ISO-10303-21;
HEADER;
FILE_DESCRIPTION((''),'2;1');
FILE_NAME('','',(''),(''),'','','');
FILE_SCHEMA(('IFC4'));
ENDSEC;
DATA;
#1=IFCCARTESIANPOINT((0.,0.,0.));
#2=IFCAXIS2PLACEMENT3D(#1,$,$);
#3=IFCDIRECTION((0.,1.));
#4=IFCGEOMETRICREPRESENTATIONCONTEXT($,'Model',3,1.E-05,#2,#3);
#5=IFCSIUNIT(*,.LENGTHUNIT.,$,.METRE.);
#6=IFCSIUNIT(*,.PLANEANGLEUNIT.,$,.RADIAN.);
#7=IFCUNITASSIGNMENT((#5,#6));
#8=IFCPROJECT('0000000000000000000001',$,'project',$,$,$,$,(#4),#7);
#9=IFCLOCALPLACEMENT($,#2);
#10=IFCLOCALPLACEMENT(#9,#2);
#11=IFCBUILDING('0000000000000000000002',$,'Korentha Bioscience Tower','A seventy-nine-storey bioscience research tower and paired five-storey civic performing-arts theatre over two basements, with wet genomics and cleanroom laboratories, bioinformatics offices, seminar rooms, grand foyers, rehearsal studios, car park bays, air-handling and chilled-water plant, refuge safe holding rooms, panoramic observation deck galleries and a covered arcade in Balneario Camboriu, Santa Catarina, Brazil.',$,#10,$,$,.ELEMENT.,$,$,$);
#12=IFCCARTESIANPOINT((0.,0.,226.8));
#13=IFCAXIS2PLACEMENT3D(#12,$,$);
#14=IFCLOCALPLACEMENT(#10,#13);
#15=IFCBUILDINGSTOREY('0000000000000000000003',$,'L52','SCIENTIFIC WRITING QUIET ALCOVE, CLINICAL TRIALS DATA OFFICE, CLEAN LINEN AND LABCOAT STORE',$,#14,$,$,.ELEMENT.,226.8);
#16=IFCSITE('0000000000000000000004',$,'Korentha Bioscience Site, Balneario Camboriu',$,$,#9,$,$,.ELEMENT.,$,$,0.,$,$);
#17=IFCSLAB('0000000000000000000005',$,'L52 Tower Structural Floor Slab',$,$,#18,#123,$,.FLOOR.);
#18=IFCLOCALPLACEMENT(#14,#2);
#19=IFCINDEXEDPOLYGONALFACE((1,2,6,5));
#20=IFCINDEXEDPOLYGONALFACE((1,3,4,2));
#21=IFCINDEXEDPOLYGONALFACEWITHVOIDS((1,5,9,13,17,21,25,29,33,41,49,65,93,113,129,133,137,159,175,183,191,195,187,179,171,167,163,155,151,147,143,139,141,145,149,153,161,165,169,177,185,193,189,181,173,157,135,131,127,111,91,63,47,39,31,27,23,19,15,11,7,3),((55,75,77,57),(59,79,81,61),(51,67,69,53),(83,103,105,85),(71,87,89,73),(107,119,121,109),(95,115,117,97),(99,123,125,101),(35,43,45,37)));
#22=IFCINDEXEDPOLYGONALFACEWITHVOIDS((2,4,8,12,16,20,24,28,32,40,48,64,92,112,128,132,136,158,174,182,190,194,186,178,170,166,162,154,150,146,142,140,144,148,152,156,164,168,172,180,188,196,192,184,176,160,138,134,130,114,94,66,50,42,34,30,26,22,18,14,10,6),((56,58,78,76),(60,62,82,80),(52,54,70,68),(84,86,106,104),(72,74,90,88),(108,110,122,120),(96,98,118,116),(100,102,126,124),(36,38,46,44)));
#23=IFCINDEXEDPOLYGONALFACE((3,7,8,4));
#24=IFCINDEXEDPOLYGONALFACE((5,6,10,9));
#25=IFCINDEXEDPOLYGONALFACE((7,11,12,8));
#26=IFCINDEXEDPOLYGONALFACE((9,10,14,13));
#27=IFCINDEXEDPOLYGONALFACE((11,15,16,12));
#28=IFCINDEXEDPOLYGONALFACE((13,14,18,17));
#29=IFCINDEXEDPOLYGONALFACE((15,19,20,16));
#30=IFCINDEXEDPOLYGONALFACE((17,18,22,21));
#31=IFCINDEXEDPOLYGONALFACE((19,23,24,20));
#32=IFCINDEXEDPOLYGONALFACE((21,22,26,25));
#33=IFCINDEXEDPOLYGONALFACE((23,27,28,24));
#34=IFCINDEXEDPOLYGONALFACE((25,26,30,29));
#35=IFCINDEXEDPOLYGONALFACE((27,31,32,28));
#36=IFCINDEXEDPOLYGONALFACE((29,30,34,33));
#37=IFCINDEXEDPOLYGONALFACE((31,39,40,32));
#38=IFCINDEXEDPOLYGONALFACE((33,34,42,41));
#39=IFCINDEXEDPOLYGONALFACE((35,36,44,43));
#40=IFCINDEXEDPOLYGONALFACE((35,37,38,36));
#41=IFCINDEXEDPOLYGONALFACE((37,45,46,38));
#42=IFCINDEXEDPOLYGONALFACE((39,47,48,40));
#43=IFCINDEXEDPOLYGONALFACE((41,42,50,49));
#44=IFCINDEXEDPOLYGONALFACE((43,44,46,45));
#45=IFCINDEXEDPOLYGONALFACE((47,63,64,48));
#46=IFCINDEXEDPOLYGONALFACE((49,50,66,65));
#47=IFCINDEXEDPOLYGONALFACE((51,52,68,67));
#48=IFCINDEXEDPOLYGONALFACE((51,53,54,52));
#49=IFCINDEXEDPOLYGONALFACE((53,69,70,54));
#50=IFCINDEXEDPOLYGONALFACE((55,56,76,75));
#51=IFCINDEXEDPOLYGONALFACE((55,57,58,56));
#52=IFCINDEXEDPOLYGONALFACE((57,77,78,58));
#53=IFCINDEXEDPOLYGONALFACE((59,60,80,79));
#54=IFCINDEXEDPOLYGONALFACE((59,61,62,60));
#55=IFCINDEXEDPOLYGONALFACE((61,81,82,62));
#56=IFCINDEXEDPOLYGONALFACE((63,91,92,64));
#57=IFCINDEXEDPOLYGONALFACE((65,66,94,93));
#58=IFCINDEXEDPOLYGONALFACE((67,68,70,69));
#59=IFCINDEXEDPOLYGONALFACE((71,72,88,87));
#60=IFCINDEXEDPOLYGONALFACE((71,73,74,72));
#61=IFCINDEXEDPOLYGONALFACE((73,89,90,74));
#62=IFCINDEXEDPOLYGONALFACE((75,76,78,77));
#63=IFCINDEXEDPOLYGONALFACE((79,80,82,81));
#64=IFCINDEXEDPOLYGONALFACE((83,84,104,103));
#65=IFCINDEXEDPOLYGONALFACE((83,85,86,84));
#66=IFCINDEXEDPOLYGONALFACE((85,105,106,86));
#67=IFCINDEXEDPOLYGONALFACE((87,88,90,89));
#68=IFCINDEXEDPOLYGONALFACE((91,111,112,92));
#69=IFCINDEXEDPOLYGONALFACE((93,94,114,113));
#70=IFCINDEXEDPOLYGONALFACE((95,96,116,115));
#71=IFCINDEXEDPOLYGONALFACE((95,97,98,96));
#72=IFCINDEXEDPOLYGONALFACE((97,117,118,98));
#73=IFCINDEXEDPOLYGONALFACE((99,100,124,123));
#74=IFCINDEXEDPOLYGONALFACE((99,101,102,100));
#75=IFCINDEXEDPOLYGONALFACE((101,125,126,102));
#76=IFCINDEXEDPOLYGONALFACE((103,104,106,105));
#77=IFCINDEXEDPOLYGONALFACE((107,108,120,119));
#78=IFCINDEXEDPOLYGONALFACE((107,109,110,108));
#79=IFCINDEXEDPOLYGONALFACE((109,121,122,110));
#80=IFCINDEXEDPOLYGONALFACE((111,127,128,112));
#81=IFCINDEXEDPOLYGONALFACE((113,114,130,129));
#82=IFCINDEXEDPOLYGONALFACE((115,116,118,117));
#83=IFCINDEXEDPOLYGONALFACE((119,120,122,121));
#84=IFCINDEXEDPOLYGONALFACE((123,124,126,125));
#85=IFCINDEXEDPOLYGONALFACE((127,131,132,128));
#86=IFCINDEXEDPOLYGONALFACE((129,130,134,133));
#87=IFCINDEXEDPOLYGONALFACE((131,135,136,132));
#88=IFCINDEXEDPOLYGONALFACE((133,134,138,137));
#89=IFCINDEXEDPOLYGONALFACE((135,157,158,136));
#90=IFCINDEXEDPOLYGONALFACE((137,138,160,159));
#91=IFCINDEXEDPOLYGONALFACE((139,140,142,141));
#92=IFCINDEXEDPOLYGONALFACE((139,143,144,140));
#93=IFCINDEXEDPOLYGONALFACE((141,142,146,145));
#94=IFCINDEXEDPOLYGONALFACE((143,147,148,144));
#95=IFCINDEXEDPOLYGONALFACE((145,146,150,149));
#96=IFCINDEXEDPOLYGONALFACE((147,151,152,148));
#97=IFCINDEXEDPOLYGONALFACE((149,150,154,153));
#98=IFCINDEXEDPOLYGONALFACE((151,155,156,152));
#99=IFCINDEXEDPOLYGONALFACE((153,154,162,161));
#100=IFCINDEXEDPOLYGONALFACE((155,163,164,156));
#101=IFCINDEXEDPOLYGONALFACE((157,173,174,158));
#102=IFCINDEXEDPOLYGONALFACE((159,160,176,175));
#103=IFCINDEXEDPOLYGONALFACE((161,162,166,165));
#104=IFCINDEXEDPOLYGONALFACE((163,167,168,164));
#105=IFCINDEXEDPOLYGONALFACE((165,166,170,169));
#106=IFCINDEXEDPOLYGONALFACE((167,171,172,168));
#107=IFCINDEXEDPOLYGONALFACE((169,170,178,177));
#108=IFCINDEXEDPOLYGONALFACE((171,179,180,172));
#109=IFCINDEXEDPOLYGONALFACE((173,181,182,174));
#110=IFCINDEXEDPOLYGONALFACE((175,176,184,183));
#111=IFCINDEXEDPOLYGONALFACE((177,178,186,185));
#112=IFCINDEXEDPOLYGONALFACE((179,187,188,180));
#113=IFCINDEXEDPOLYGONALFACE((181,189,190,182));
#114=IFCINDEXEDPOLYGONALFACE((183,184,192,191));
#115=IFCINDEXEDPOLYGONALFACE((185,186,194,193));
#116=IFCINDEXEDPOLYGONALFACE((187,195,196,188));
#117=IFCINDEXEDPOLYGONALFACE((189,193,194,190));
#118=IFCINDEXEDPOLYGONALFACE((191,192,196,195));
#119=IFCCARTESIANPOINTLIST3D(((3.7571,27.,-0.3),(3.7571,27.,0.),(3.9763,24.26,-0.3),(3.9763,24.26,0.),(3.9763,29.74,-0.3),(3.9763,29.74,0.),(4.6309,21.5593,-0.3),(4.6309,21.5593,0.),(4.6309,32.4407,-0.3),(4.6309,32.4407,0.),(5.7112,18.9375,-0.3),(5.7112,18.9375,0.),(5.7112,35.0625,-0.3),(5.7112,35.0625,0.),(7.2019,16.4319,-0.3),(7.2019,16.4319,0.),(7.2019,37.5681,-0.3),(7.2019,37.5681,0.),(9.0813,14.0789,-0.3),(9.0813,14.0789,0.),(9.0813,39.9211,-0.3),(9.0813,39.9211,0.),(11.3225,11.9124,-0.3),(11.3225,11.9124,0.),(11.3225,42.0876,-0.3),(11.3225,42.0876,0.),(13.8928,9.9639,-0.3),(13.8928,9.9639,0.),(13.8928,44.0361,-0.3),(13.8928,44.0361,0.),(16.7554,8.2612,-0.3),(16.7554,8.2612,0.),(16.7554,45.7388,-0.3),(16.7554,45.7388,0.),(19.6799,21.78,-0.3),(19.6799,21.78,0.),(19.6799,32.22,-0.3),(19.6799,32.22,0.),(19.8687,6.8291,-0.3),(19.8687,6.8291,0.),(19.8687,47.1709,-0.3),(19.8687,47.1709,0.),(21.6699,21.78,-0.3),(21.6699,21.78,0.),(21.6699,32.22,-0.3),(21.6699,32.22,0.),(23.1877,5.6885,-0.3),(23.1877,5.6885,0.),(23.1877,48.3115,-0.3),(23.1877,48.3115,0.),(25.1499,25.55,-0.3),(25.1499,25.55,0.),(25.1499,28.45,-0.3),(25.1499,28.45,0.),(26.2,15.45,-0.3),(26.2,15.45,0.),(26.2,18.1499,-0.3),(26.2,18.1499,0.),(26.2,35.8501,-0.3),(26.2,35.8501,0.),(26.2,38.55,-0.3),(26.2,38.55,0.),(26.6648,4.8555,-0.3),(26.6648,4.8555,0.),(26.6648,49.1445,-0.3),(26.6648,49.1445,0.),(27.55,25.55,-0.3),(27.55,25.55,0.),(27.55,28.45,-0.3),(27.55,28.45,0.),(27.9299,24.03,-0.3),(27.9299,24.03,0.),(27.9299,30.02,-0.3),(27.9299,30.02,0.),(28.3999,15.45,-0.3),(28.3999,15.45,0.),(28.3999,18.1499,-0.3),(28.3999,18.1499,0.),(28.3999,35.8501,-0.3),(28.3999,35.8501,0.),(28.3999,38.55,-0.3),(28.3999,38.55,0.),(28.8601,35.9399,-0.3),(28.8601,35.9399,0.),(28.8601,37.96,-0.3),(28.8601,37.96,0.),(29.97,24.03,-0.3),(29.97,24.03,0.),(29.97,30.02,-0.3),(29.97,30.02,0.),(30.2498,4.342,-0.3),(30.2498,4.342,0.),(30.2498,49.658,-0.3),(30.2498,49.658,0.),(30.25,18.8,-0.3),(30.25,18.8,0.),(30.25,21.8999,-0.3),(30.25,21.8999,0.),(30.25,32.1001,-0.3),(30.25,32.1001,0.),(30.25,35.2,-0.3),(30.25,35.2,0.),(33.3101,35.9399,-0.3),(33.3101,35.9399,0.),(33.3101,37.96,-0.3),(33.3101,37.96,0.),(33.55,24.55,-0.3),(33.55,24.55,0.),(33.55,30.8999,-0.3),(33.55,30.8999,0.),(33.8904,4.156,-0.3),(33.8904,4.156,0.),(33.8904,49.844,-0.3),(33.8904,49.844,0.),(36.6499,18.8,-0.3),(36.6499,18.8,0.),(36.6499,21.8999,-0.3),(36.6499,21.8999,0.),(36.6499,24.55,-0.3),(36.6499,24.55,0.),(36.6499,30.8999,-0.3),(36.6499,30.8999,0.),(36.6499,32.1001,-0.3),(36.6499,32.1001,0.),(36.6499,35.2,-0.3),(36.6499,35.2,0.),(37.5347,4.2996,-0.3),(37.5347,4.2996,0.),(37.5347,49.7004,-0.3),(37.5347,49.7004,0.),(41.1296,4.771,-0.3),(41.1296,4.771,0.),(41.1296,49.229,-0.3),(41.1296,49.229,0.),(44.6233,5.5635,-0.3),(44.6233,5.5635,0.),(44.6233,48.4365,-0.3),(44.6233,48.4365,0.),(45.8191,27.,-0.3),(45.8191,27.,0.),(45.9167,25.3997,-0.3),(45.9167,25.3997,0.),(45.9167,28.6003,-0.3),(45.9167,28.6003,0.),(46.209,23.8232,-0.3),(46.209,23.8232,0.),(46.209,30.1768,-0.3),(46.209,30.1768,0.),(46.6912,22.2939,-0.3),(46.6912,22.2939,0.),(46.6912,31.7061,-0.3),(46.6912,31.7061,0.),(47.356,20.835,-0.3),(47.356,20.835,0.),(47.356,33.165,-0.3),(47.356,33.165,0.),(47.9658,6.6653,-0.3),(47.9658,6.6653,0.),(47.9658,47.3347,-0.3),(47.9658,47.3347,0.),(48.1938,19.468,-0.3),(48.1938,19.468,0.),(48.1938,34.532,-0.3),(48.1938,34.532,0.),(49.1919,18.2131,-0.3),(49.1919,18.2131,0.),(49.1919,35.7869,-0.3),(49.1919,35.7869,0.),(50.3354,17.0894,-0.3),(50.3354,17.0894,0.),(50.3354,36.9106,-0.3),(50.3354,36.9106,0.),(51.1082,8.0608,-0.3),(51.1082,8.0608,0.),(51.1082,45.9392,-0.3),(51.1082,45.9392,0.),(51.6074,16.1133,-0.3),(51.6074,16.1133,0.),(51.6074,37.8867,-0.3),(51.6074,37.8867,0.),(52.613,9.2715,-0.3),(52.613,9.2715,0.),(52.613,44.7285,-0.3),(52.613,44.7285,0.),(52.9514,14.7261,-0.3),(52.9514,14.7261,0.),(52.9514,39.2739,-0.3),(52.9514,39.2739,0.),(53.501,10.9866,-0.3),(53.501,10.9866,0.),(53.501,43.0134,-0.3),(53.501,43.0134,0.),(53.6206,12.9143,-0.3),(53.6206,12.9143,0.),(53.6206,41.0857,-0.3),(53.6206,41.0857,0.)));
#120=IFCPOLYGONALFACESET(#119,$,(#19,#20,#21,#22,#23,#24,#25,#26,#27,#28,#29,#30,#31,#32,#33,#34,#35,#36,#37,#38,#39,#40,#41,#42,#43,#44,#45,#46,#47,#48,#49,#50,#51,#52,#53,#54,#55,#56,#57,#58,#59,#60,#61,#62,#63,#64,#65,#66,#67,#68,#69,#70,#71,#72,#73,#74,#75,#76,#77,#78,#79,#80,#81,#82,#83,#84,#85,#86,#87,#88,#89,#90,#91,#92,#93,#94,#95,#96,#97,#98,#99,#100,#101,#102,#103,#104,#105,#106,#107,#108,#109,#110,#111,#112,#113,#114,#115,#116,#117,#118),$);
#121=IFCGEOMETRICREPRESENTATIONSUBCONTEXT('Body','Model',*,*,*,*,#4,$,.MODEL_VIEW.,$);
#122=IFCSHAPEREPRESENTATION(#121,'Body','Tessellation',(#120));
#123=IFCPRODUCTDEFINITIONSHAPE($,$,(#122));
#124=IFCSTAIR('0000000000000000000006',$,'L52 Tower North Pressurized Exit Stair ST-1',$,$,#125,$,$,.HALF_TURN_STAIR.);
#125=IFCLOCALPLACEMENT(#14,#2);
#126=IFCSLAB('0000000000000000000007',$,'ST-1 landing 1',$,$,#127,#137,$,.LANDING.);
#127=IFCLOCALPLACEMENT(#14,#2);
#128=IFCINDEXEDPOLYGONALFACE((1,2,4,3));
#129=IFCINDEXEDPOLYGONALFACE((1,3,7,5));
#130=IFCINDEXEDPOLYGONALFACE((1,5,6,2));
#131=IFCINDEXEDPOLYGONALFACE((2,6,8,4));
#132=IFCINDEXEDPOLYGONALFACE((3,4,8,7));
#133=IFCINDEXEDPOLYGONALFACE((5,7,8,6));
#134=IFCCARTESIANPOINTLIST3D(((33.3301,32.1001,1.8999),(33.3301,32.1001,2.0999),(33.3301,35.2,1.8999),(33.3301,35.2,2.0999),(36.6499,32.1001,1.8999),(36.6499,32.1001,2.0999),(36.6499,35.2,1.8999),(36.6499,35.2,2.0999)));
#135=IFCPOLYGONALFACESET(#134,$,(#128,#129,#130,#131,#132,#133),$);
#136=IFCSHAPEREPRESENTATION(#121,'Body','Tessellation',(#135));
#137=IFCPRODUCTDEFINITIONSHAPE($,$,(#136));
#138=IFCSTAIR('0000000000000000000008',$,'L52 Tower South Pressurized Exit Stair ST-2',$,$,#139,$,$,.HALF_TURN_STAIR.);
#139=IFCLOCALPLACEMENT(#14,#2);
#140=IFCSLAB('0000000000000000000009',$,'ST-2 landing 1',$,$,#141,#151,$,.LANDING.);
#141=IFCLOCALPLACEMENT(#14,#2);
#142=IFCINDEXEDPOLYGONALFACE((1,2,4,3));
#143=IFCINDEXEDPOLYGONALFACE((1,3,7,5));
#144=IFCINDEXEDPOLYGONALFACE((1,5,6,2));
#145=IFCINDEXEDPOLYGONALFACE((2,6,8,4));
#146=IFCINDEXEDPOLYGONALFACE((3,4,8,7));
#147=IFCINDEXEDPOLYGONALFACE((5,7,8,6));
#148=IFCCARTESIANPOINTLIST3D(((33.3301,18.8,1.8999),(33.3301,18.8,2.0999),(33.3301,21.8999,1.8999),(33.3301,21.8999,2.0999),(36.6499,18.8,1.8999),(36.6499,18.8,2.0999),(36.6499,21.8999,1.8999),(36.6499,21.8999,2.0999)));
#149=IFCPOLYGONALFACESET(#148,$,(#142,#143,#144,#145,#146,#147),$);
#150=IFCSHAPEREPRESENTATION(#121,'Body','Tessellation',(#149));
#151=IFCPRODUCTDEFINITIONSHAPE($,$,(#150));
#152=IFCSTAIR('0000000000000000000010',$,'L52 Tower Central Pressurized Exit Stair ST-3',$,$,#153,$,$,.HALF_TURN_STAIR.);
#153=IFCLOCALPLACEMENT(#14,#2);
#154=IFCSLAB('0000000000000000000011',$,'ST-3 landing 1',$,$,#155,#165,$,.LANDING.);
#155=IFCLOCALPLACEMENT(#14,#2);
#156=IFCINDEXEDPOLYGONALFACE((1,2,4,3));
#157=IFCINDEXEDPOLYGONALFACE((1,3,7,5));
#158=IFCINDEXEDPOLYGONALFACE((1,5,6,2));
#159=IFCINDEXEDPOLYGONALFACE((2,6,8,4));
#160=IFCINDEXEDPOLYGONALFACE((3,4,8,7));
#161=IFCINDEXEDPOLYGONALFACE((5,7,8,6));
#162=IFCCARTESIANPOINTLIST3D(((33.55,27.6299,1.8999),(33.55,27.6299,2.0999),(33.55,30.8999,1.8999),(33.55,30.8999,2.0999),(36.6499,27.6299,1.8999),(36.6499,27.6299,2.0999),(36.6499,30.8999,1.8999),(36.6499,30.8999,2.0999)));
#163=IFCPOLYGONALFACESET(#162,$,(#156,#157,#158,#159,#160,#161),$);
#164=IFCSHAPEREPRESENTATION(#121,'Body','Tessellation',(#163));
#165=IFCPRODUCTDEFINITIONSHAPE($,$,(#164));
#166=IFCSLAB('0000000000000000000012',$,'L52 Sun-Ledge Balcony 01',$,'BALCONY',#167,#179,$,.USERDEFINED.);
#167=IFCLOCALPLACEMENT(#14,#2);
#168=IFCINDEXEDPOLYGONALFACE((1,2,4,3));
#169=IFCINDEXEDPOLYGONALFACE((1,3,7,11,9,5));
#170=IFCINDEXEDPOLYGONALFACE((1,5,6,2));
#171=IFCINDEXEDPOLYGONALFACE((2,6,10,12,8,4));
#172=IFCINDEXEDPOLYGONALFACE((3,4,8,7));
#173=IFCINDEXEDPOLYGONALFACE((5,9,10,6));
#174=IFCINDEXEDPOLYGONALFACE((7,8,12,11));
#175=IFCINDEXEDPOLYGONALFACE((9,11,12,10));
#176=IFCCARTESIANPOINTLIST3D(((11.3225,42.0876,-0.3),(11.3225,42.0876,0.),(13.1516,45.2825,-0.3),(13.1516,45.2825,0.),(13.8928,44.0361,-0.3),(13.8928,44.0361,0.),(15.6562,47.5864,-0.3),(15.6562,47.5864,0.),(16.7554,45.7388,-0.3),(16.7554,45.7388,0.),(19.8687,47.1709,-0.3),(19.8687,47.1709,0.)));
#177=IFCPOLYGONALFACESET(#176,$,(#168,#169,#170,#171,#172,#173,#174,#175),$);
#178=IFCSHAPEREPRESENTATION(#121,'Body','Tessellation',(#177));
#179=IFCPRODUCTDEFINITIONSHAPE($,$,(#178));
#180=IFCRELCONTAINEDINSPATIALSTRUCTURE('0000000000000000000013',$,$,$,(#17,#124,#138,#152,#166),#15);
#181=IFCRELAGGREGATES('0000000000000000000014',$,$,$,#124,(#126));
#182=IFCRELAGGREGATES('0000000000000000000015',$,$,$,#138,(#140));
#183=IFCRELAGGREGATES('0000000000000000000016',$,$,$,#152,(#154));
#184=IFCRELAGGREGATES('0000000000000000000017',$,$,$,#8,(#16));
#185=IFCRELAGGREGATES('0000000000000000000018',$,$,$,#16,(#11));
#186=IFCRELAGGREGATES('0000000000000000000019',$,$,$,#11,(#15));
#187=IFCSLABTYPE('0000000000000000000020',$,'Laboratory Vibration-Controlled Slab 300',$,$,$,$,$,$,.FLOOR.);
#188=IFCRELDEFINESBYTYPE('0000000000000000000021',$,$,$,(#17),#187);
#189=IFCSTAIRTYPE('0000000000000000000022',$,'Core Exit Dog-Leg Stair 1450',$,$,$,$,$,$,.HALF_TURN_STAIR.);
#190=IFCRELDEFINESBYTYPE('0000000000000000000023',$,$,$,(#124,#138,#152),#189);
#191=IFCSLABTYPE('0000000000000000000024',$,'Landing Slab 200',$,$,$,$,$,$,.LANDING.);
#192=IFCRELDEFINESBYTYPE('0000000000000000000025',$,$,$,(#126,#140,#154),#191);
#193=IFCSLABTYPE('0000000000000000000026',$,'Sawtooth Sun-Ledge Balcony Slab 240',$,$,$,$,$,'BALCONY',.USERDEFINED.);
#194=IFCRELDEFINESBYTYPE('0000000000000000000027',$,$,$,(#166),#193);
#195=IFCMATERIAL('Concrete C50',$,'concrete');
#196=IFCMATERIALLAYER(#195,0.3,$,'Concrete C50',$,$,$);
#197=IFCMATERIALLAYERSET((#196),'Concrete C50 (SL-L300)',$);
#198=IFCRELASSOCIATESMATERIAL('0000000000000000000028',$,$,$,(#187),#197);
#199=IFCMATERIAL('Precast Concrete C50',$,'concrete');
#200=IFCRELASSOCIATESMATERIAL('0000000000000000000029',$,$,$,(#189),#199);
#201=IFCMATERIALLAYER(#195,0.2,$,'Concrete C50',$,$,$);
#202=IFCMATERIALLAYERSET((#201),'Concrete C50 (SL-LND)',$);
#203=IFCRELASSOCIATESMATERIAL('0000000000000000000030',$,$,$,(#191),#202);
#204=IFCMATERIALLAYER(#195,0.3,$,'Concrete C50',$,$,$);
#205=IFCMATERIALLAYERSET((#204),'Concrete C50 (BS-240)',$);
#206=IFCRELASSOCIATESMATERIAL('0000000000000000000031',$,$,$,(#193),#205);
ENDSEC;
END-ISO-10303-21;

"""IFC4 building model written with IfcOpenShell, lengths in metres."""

from ifc_helpers import new_model, si_unit, direction, frame, origin, place, context, subcontext, project, spatial, polyline, outline, extrude, material, layer, layer_set, type_object, element, aggregate, save


model = new_model("IFC4")

# Units and contexts
model_context = context("Model", 3, precision=1e-05, world=origin(), true_north=direction((0.0, 1.0)))
body_context = subcontext(model_context, "Body", "Model", "MODEL_VIEW")
ifc_project = project(units=[si_unit("LENGTHUNIT", "METRE"), si_unit("PLANEANGLEUNIT", "RADIAN")], contexts=[model_context])

# Site, building, storey
site_placement = place(None, origin())
site = spatial("IfcSite", under=ifc_project, at=site_placement, Name="Korentha Bioscience Site, Balneario Camboriu", CompositionType="ELEMENT", RefElevation=0.0)
building_placement = place(site_placement, origin())
building = spatial("IfcBuilding", under=site, at=building_placement, Name="Korentha Bioscience Tower", Description="A seventy-nine-storey bioscience research tower and paired five-storey civic performing-arts theatre over two basements, with wet genomics and cleanroom laboratories, bioinformatics offices, seminar rooms, grand foyers, rehearsal studios, car park bays, air-handling and chilled-water plant, refuge safe holding rooms, panoramic observation deck galleries and a covered arcade in Balneario Camboriu, Santa Catarina, Brazil.", CompositionType="ELEMENT")
storey_placement = place(building_placement, frame((0.0, 0.0, 226.8)))
storey = spatial("IfcBuildingStorey", under=building, at=storey_placement, Name="L52", Description="SCIENTIFIC WRITING QUIET ALCOVE, CLINICAL TRIALS DATA OFFICE, CLEAN LINEN AND LABCOAT STORE", CompositionType="ELEMENT", Elevation=226.8)

# Slab
ifc_material_1 = material(Name="Concrete C50", Category="concrete")
ifc_layer_1 = layer(ifc_material_1, 0.3, Name="Concrete C50")
ifc_layer_set_1 = layer_set([ifc_layer_1], Name="Concrete C50 (SL-L300)")
slab_type_1 = type_object("IfcSlabType", Name="Laboratory Vibration-Controlled Slab 300", PredefinedType="FLOOR", material=ifc_layer_set_1)
slab_1_placement = place(storey_placement, frame((0.0, 0.0, -0.3)))
element("IfcSlab", 1, at=slab_1_placement, inside=storey, type_object=slab_type_1, Name="L52 Tower Structural Floor Slab", PredefinedType="FLOOR", context=body_context, shape_type="SweptSolid", body=[
    extrude(outline(polyline([(51.1082, 45.9392), (47.9658, 47.3347), (44.6233, 48.4365), (41.1296, 49.229), (37.5347, 49.7004), (33.8904, 49.844), (30.2498, 49.658), (26.6648, 49.1445), (23.1877, 48.3115), (19.8687, 47.1709), (16.7554, 45.7388), (13.8928, 44.0361), (11.3225, 42.0876), (9.0813, 39.9211), (7.2019, 37.5681), (5.7112, 35.0625), (4.6309, 32.4407), (3.9763, 29.74), (3.7571, 27.0), (3.9763, 24.26), (4.6309, 21.5593), (5.7112, 18.9375), (7.2019, 16.4319), (9.0813, 14.0789), (11.3225, 11.9124), (13.8928, 9.9639), (16.7554, 8.2612), (19.8687, 6.8291), (23.1877, 5.6885), (26.6648, 4.8555), (30.2498, 4.342), (33.8904, 4.156), (37.5347, 4.2996), (41.1296, 4.771), (44.6233, 5.5635), (47.9658, 6.6653), (51.1082, 8.0608), (52.613, 9.2715), (53.501, 10.9866), (53.6206, 12.9143), (52.9514, 14.7261), (51.6074, 16.1133), (50.3354, 17.0894), (49.1919, 18.2131), (48.1938, 19.468), (47.356, 20.835), (46.6912, 22.2939), (46.209, 23.8232), (45.9167, 25.3997), (45.8191, 27.0), (45.9167, 28.6003), (46.209, 30.1768), (46.6912, 31.7061), (47.356, 33.165), (48.1938, 34.532), (49.1919, 35.7869), (50.3354, 36.9106), (51.6074, 37.8867), (52.9514, 39.2739), (53.6206, 41.0857), (53.501, 43.0134), (52.613, 44.7285), (51.1082, 45.9392)]), holes=[polyline([(30.25, 32.1001), (36.6499, 32.1001), (36.6499, 35.2), (30.25, 35.2), (30.25, 32.1001)]), polyline([(30.25, 18.8), (36.6499, 18.8), (36.6499, 21.8999), (30.25, 21.8999), (30.25, 18.8)]), polyline([(36.6499, 24.55), (36.6499, 30.8999), (33.55, 30.8999), (33.55, 24.55), (36.6499, 24.55)]), polyline([(19.6799, 21.78), (21.6699, 21.78), (21.6699, 32.22), (19.6799, 32.22), (19.6799, 21.78)]), polyline([(27.9299, 24.03), (29.97, 24.03), (29.97, 30.02), (27.9299, 30.02), (27.9299, 24.03)]), polyline([(28.8601, 35.9399), (33.3101, 35.9399), (33.3101, 37.96), (28.8601, 37.96), (28.8601, 35.9399)]), polyline([(26.2, 15.45), (28.3999, 15.45), (28.3999, 18.1499), (26.2, 18.1499), (26.2, 15.45)]), polyline([(26.2, 35.8501), (28.3999, 35.8501), (28.3999, 38.55), (26.2, 38.55), (26.2, 35.8501)]), polyline([(25.1499, 25.55), (27.55, 25.55), (27.55, 28.45), (25.1499, 28.45), (25.1499, 25.55)])]), origin(), (0.0, 0.0, 1.0), 0.3),
])

# Stairs, slabs
ifc_material_2 = material(Name="Precast Concrete C50", Category="concrete")
stair_type = type_object("IfcStairType", Name="Core Exit Dog-Leg Stair 1450", PredefinedType="HALF_TURN_STAIR", material=ifc_material_2)
stair_1_placement = place(storey_placement, origin())
stair_1 = element("IfcStair", 2, at=stair_1_placement, inside=storey, type_object=stair_type, Name="L52 Tower North Pressurized Exit Stair ST-1", PredefinedType="HALF_TURN_STAIR")
ifc_layer_2 = layer(ifc_material_1, 0.2, Name="Concrete C50")
ifc_layer_set_2 = layer_set([ifc_layer_2], Name="Concrete C50 (SL-LND)")
slab_type_2 = type_object("IfcSlabType", Name="Landing Slab 200", PredefinedType="LANDING", material=ifc_layer_set_2)
slab_2_placement = place(storey_placement, frame((0.0, 0.0, 1.8999)))
slab_2 = element("IfcSlab", 3, at=slab_2_placement, type_object=slab_type_2, Name="ST-1 landing 1", PredefinedType="LANDING", context=body_context, shape_type="SweptSolid", body=[
    extrude(outline(polyline([(33.3301, 32.1001), (36.6499, 32.1001), (36.6499, 35.2), (33.3301, 35.2), (33.3301, 32.1001)])), origin(), (0.0, 0.0, 1.0), 0.2),
])
aggregate(stair_1, [slab_2])
stair_2_placement = place(storey_placement, origin())
stair_2 = element("IfcStair", 4, at=stair_2_placement, inside=storey, type_object=stair_type, Name="L52 Tower South Pressurized Exit Stair ST-2", PredefinedType="HALF_TURN_STAIR")
slab_3_placement = place(storey_placement, frame((0.0, 0.0, 1.8999)))
slab_3 = element("IfcSlab", 5, at=slab_3_placement, type_object=slab_type_2, Name="ST-2 landing 1", PredefinedType="LANDING", context=body_context, shape_type="SweptSolid", body=[
    extrude(outline(polyline([(33.3301, 18.8), (36.6499, 18.8), (36.6499, 21.8999), (33.3301, 21.8999), (33.3301, 18.8)])), origin(), (0.0, 0.0, 1.0), 0.2),
])
aggregate(stair_2, [slab_3])
stair_3_placement = place(storey_placement, origin())
stair_3 = element("IfcStair", 6, at=stair_3_placement, inside=storey, type_object=stair_type, Name="L52 Tower Central Pressurized Exit Stair ST-3", PredefinedType="HALF_TURN_STAIR")
slab_4_placement = place(storey_placement, frame((0.0, 0.0, 1.8999)))
slab_4 = element("IfcSlab", 7, at=slab_4_placement, type_object=slab_type_2, Name="ST-3 landing 1", PredefinedType="LANDING", context=body_context, shape_type="SweptSolid", body=[
    extrude(outline(polyline([(36.6499, 27.6299), (36.6499, 30.8999), (33.55, 30.8999), (33.55, 27.6299), (36.6499, 27.6299)])), origin(), (0.0, 0.0, 1.0), 0.2),
])
aggregate(stair_3, [slab_4])

# Slab
ifc_layer_3 = layer(ifc_material_1, 0.3, Name="Concrete C50")
ifc_layer_set_3 = layer_set([ifc_layer_3], Name="Concrete C50 (BS-240)")
slab_type_3 = type_object("IfcSlabType", Name="Sawtooth Sun-Ledge Balcony Slab 240", ElementType="BALCONY", PredefinedType="USERDEFINED", material=ifc_layer_set_3)
slab_5_placement = place(storey_placement, frame((0.0, 0.0, -0.3)))
element("IfcSlab", 8, at=slab_5_placement, inside=storey, type_object=slab_type_3, Name="L52 Sun-Ledge Balcony 01", ObjectType="BALCONY", PredefinedType="USERDEFINED", context=body_context, shape_type="SweptSolid", body=[
    extrude(outline(polyline([(11.3225, 42.0876), (13.8928, 44.0361), (16.7554, 45.7388), (19.8687, 47.1709), (15.6562, 47.5864), (13.1516, 45.2825), (11.3225, 42.0876)])), origin(), (0.0, 0.0, 1.0), 0.3),
])

save(model, "model.ifc")
